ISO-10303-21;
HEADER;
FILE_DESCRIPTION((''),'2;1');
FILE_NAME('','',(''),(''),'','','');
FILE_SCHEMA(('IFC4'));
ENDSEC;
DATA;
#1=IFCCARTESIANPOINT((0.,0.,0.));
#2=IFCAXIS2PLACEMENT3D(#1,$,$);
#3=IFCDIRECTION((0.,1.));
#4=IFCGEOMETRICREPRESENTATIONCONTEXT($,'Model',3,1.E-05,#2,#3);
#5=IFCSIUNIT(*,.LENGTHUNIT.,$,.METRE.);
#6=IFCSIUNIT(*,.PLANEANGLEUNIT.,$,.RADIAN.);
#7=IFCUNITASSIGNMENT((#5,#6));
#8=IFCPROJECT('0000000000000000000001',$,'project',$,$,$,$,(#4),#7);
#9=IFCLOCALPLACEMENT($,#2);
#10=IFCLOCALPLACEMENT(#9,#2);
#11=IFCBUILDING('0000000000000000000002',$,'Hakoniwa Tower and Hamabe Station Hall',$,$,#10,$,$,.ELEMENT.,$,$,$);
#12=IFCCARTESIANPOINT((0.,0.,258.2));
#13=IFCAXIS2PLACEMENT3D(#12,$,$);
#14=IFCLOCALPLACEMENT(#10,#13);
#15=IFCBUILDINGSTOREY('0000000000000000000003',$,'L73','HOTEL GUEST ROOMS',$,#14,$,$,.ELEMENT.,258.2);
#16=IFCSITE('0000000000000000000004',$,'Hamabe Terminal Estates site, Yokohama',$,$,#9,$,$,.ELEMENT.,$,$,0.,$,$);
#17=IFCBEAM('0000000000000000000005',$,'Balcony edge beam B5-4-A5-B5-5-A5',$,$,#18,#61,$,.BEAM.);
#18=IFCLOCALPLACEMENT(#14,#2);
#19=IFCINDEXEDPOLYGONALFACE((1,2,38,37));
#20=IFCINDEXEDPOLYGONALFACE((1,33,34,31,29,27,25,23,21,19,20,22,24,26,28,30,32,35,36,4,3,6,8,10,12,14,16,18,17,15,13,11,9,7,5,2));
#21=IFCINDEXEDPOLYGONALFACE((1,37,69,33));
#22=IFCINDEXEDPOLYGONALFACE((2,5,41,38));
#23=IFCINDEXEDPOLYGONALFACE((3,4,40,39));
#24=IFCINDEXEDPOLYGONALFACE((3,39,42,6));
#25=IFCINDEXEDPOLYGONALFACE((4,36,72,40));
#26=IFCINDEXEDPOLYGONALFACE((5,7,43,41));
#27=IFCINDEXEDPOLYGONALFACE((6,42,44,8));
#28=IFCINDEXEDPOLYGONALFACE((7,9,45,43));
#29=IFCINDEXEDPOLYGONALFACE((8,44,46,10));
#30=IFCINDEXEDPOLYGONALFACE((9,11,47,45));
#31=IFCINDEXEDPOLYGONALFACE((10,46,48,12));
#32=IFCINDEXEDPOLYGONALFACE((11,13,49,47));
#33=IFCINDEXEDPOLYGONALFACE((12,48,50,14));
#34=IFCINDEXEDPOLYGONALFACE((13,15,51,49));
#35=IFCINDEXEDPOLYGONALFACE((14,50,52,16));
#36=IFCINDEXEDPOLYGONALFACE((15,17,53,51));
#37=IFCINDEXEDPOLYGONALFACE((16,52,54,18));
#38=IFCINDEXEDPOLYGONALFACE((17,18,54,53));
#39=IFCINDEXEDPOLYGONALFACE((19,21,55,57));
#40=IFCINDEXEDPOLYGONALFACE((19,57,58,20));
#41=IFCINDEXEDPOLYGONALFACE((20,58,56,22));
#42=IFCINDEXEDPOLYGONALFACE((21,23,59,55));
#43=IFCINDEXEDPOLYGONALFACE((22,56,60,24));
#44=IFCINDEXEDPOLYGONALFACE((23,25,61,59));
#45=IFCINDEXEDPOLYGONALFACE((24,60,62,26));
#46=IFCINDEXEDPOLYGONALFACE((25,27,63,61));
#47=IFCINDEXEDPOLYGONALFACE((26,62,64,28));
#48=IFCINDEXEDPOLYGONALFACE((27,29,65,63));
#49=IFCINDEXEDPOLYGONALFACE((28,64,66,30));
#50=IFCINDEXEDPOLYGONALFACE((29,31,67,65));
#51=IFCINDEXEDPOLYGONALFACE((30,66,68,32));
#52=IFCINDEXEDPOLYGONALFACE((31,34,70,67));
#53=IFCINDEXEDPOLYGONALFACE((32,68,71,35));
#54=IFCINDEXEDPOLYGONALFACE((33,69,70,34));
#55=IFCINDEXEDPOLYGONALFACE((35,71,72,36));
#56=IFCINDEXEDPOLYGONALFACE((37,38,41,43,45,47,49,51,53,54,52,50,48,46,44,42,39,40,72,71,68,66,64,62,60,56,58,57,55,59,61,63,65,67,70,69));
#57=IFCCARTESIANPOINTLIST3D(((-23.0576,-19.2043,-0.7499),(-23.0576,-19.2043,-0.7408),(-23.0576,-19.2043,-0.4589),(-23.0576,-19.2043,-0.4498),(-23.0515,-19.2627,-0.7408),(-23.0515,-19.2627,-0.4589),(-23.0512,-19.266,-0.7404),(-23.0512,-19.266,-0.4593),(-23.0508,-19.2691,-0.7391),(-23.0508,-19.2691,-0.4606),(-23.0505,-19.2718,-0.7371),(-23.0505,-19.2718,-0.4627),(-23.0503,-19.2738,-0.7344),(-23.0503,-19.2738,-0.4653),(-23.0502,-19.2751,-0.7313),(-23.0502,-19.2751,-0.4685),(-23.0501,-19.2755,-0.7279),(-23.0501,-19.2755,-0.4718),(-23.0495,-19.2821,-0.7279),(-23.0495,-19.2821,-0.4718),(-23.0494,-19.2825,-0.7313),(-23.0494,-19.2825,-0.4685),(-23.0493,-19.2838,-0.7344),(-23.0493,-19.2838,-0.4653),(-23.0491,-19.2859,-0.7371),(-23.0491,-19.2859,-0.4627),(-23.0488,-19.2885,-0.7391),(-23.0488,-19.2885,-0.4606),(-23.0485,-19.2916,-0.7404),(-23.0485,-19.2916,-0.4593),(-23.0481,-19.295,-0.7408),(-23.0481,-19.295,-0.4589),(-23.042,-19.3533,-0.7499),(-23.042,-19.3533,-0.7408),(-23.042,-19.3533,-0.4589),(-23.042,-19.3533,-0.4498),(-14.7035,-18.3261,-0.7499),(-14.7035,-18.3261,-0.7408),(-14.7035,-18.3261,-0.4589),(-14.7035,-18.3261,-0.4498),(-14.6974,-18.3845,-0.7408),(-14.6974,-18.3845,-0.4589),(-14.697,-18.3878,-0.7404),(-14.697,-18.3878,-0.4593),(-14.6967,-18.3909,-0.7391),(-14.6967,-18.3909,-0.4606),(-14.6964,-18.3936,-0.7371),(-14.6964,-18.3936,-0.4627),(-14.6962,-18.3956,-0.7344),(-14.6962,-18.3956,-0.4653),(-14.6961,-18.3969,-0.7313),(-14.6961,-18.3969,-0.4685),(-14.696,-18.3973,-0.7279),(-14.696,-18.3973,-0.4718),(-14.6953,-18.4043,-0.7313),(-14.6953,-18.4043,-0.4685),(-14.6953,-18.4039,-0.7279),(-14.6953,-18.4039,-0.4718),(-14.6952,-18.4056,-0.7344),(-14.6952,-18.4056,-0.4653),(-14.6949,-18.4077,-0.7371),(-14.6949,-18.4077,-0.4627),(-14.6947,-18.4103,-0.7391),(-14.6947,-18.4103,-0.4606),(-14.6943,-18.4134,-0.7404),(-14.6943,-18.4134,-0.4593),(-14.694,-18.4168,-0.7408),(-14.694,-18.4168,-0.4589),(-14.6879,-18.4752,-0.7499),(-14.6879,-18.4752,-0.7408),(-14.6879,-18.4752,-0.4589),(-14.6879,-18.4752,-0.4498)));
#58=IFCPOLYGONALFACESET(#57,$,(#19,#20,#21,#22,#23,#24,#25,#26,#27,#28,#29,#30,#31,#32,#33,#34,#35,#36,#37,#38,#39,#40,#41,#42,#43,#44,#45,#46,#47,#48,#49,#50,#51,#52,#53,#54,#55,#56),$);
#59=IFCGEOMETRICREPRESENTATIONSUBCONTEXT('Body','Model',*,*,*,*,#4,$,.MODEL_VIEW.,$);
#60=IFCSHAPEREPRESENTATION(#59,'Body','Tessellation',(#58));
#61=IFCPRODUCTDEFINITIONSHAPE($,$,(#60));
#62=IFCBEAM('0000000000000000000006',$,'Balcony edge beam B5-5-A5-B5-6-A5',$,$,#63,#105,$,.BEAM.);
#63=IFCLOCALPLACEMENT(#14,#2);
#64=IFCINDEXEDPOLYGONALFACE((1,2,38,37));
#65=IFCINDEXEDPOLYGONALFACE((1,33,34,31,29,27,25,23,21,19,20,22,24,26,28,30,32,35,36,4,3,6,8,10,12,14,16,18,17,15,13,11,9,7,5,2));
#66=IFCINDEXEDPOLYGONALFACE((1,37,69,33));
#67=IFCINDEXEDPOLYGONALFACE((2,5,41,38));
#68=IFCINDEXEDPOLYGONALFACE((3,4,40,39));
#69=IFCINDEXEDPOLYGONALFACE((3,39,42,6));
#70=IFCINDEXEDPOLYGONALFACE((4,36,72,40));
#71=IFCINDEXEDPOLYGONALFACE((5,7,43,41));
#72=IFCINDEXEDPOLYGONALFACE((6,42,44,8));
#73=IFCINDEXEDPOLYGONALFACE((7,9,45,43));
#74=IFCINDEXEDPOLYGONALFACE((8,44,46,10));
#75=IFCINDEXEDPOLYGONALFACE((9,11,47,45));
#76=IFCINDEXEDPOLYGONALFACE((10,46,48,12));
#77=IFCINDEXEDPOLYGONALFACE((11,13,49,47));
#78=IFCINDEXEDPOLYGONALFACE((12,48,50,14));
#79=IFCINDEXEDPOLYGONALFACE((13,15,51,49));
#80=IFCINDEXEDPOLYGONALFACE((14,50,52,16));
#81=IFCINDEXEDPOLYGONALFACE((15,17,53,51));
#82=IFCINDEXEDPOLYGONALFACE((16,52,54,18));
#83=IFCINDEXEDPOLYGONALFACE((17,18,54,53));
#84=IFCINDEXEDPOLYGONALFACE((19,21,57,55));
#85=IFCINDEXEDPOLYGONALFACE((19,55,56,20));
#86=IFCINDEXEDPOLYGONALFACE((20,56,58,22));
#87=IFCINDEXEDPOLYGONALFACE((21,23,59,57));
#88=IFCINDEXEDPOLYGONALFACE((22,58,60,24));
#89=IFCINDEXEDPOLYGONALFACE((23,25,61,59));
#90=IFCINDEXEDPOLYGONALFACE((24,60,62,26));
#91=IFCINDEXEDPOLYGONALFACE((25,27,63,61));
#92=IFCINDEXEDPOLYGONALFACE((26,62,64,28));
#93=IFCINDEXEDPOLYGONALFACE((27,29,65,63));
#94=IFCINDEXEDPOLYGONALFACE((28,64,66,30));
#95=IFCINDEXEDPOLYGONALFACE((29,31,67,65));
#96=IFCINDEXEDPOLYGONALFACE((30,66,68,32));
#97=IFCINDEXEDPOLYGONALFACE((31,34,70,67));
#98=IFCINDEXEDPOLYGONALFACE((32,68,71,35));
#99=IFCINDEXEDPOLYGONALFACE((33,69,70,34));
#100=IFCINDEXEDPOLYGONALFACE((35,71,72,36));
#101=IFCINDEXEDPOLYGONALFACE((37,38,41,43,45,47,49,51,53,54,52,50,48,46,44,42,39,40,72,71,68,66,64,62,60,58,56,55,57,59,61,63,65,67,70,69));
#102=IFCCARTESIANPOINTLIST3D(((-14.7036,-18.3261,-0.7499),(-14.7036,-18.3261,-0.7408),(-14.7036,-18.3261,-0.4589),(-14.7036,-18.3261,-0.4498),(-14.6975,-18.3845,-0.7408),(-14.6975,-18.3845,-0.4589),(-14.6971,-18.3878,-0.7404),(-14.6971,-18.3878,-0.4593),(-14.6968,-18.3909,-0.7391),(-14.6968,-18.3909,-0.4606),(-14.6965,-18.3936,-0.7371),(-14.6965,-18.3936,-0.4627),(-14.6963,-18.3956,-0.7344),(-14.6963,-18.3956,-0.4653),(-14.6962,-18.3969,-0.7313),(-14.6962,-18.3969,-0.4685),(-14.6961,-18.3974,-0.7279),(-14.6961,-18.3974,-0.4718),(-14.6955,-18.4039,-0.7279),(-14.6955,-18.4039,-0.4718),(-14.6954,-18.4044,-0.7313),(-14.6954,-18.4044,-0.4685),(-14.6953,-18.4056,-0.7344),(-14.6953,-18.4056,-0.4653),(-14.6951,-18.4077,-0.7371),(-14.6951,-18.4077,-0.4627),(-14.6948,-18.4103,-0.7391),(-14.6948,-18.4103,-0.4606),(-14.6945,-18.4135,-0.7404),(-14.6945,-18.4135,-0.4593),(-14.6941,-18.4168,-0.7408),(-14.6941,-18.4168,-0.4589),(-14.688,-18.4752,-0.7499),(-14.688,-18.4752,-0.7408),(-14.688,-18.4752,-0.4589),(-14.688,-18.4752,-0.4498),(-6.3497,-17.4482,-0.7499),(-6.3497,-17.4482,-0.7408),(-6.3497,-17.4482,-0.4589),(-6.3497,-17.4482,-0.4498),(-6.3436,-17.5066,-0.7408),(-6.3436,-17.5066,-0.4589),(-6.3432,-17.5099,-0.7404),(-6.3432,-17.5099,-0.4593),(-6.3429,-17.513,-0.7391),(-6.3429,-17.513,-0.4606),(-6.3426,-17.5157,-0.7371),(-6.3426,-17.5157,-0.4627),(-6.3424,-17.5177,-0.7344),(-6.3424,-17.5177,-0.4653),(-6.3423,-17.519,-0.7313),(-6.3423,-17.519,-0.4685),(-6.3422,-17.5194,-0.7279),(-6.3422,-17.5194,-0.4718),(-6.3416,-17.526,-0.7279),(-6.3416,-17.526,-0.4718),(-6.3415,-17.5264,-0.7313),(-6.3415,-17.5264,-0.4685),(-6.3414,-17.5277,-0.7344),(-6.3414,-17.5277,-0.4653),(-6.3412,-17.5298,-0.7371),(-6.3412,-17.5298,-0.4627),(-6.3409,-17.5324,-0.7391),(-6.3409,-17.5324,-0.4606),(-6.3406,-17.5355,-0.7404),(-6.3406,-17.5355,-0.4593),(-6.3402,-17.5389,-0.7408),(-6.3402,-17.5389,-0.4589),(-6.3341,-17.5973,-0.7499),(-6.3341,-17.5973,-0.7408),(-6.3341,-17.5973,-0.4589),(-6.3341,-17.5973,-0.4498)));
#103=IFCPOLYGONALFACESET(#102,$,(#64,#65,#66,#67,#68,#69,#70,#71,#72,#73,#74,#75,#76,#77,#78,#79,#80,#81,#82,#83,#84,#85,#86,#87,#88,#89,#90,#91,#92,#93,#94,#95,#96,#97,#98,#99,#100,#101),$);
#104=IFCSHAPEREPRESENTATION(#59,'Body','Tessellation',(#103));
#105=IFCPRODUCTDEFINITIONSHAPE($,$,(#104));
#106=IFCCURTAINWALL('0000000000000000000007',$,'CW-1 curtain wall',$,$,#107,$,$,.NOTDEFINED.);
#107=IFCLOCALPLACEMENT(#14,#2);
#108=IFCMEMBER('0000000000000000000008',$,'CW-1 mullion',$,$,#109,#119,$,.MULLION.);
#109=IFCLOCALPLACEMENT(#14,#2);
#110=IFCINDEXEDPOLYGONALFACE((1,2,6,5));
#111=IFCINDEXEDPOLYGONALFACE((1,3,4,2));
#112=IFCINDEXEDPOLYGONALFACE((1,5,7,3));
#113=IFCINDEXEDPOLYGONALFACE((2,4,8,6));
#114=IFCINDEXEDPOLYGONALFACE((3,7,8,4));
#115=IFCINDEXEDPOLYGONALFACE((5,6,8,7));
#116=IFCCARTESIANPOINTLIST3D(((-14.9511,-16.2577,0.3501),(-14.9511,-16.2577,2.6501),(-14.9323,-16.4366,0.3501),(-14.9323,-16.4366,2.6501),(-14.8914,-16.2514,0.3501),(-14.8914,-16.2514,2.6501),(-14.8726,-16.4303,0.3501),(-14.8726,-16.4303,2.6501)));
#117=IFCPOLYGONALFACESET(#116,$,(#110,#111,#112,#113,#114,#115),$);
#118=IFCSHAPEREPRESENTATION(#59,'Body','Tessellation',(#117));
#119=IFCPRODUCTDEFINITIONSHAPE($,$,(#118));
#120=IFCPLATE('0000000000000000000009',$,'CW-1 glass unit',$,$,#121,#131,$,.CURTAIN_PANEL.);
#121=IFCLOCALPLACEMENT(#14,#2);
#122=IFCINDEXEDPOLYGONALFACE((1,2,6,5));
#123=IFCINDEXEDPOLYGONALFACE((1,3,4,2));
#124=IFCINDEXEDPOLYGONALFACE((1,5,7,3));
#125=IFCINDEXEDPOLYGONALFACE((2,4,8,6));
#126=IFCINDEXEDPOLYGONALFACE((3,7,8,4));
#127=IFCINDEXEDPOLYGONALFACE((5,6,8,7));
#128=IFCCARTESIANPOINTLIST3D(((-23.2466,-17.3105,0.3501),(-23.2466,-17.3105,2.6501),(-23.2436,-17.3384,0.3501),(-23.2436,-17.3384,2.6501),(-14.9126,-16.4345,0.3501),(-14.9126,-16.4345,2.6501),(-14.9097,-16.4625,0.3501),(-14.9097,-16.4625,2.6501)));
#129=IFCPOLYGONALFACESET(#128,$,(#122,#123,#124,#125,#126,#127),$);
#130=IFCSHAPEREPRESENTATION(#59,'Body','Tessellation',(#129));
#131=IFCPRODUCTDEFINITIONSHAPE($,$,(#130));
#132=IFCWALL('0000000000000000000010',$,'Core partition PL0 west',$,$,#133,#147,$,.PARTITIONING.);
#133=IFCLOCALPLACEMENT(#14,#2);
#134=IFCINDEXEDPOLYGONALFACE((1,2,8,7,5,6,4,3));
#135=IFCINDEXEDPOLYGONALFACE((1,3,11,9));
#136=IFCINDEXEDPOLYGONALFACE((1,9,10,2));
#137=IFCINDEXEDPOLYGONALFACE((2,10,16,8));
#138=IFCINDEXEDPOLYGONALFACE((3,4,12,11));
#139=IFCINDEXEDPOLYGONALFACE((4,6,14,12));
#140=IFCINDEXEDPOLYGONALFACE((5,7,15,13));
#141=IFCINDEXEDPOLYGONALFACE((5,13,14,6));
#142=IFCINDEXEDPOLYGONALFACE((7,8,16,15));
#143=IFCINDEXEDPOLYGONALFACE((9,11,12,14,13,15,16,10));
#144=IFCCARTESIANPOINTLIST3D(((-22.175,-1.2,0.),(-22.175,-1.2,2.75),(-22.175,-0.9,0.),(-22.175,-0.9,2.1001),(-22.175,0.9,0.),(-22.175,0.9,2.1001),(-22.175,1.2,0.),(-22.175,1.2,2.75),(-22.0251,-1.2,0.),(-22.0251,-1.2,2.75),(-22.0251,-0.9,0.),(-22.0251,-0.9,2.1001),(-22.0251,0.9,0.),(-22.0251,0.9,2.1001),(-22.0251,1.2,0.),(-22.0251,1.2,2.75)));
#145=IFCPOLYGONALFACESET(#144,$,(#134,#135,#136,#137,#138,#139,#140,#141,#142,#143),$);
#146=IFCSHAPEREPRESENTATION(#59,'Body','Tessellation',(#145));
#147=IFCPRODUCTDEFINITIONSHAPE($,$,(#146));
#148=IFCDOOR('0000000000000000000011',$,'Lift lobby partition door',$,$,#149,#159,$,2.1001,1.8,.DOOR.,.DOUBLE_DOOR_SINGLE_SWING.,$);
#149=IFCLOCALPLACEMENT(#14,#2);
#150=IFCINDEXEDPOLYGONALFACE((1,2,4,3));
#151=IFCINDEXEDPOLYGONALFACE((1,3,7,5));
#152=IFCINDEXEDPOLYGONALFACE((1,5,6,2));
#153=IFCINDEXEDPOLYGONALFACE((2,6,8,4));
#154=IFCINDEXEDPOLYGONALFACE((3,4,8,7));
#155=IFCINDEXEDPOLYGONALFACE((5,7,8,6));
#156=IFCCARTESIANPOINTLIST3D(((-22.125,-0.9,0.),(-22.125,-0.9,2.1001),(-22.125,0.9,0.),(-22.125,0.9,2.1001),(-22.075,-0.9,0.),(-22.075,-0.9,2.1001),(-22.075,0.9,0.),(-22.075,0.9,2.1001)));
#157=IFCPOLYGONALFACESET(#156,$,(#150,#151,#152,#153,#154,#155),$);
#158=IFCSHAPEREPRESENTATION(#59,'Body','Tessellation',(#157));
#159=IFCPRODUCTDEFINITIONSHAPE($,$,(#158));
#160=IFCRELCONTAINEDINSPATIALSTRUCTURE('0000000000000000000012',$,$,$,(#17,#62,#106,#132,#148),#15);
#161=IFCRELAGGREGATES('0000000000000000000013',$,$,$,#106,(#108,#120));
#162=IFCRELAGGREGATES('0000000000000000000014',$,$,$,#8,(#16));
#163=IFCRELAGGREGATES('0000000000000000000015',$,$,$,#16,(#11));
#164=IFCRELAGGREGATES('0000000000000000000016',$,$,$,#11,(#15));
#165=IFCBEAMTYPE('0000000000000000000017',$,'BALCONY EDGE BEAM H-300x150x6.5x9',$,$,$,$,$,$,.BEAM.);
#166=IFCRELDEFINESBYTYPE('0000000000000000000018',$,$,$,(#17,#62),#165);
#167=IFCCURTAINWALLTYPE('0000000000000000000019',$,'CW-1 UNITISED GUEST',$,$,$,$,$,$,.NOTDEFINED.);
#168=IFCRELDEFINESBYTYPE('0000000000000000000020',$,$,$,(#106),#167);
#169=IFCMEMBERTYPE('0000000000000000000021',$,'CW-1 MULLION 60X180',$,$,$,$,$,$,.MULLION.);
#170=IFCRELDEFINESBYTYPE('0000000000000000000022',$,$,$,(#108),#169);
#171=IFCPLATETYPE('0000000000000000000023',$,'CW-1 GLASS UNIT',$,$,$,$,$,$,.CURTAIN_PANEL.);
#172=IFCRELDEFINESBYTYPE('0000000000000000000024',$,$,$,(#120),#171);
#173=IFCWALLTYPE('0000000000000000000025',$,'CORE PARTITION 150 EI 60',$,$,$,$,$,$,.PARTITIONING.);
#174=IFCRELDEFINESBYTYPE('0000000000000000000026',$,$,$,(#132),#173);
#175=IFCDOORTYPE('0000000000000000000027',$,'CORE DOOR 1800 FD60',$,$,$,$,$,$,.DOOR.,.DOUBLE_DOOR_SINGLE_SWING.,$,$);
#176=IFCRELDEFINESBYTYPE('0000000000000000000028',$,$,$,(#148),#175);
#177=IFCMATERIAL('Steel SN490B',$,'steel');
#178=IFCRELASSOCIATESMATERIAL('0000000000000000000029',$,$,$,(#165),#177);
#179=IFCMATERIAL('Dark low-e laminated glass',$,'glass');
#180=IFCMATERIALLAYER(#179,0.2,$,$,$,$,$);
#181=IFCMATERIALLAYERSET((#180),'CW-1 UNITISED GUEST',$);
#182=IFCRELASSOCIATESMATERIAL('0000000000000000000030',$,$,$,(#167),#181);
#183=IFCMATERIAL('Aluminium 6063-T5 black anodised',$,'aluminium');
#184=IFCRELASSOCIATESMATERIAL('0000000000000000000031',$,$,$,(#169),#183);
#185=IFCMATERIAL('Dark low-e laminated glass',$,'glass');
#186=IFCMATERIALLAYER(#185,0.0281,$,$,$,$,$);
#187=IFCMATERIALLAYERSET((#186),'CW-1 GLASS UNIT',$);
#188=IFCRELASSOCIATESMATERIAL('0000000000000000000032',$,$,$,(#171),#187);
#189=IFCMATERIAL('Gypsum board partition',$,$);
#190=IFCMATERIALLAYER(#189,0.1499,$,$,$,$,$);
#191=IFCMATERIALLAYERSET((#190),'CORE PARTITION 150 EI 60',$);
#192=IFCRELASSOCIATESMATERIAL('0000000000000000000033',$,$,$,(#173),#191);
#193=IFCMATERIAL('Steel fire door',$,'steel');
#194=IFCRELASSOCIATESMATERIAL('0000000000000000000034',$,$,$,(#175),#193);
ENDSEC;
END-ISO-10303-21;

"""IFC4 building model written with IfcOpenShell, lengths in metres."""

from ifc_helpers import new_model, si_unit, direction, frame, frame_2d, origin, origin_2d, place, context, subcontext, project, spatial, rectangle, i_section, extrude, material, layer, layer_set, material_profile, profile_set, type_object, element, fill, aggregate, save


model = new_model("IFC4")

# Units and contexts
model_context = context("Model", 3, precision=1e-05, world=origin(), true_north=direction((0.0, 1.0)))
body_context = subcontext(model_context, "Body", "Model", "MODEL_VIEW")
ifc_project = project(units=[si_unit("LENGTHUNIT", "METRE"), si_unit("PLANEANGLEUNIT", "RADIAN")], contexts=[model_context])

# Site, building, storey
site_placement = place(None, origin())
site = spatial("IfcSite", under=ifc_project, at=site_placement, Name="Hamabe Terminal Estates site, Yokohama", CompositionType="ELEMENT", RefElevation=0.0)
building_placement = place(site_placement, origin())
building = spatial("IfcBuilding", under=site, at=building_placement, Name="Hakoniwa Tower and Hamabe Station Hall", CompositionType="ELEMENT")
storey_placement = place(building_placement, frame((0.0, 0.0, 258.2)))
storey = spatial("IfcBuildingStorey", under=building, at=storey_placement, Name="L73", Description="HOTEL GUEST ROOMS", CompositionType="ELEMENT", Elevation=258.2)

# Beams
ifc_material_1 = material(Name="Steel SN490B", Category="steel")
ifc_material_profile_1 = material_profile(ifc_material_1, i_section(OverallWidth=0.1499, OverallDepth=0.3, WebThickness=0.0066, FlangeThickness=0.009, FilletRadius=0.0129, at=origin_2d()), Name="H-300x150x6.5x9")
ifc_profile_set_1 = profile_set([ifc_material_profile_1], Name="Steel SN490B")
beam_type_1 = type_object("IfcBeamType", Name="BALCONY EDGE BEAM H-300x150x6.5x9", PredefinedType="BEAM", material=ifc_profile_set_1)
beam_1_placement = place(storey_placement, frame((-23.0498, -19.2788, -0.5999), z_axis=(0.99452, 0.104544, 0.0), x_axis=(-0.104544, 0.99452, 0.0)))
element("IfcBeam", 1, at=beam_1_placement, inside=storey, type_object=beam_type_1, Name="Balcony edge beam B5-4-A5-B5-5-A5", PredefinedType="BEAM", context=body_context, shape_type="SweptSolid", body=[
    extrude(i_section(OverallWidth=0.1499, OverallDepth=0.3, WebThickness=0.0066, FlangeThickness=0.009, FilletRadius=0.0129, at=origin_2d()), origin(), (0.0, 0.0, 1.0), 8.4001),
])
beam_2_placement = place(storey_placement, frame((-14.6958, -18.4006, -0.5999), z_axis=(0.994523, 0.104515, 0.0), x_axis=(-0.104515, 0.994523, 0.0)))
element("IfcBeam", 2, at=beam_2_placement, inside=storey, type_object=beam_type_1, Name="Balcony edge beam B5-5-A5-B5-6-A5", PredefinedType="BEAM", context=body_context, shape_type="SweptSolid", body=[
    extrude(i_section(OverallWidth=0.1499, OverallDepth=0.3, WebThickness=0.0066, FlangeThickness=0.009, FilletRadius=0.0129, at=origin_2d()), origin(), (0.0, 0.0, 1.0), 8.3999),
])

# Curtain wall, member, plate
ifc_material_2 = material(Name="Dark low-e laminated glass", Category="glass")
ifc_layer_1 = layer(ifc_material_2, 0.2)
ifc_layer_set_1 = layer_set([ifc_layer_1], Name="CW-1 UNITISED GUEST")
curtain_wall_type = type_object("IfcCurtainWallType", Name="CW-1 UNITISED GUEST", PredefinedType="NOTDEFINED", material=ifc_layer_set_1)
curtain_wall_placement = place(storey_placement, origin())
curtain_wall = element("IfcCurtainWall", 3, at=curtain_wall_placement, inside=storey, type_object=curtain_wall_type, Name="CW-1 curtain wall", PredefinedType="NOTDEFINED")
ifc_material_3 = material(Name="Aluminium 6063-T5 black anodised", Category="aluminium")
ifc_material_profile_2 = material_profile(ifc_material_3, rectangle(XDim=0.0601, YDim=0.1799, at=origin_2d()), Name="CW-1 MULLION 60X180")
ifc_profile_set_2 = profile_set([ifc_material_profile_2], Name="Aluminium 6063-T5 black anodised")
member_type = type_object("IfcMemberType", Name="CW-1 MULLION 60X180", PredefinedType="MULLION", material=ifc_profile_set_2)
member_placement = place(storey_placement, frame((-14.9119, -16.344, 0.3501), z_axis=(0.0, 0.0, 1.0), x_axis=(0.994522, 0.104528, 0.0)))
member = element("IfcMember", 4, at=member_placement, type_object=member_type, Name="CW-1 mullion", PredefinedType="MULLION", context=body_context, shape_type="SweptSolid", body=[
    extrude(rectangle(XDim=0.0601, YDim=0.1799, at=origin_2d()), origin(), (0.0, 0.0, 1.0), 2.3),
])
ifc_material_4 = material(Name="Dark low-e laminated glass", Category="glass")
ifc_layer_2 = layer(ifc_material_4, 0.0281)
ifc_layer_set_2 = layer_set([ifc_layer_2], Name="CW-1 GLASS UNIT")
plate_type = type_object("IfcPlateType", Name="CW-1 GLASS UNIT", PredefinedType="CURTAIN_PANEL", material=ifc_layer_set_2)
plate_placement = place(storey_placement, frame((-19.0781, -16.8865, 0.3501), z_axis=(0.0, 0.0, 1.0), x_axis=(0.994522, 0.104528, 0.0)))
plate = element("IfcPlate", 5, at=plate_placement, type_object=plate_type, Name="CW-1 glass unit", PredefinedType="CURTAIN_PANEL", context=body_context, shape_type="SweptSolid", body=[
    extrude(rectangle(XDim=8.3799, YDim=0.0281, at=origin_2d()), origin(), (0.0, 0.0, 1.0), 2.3),
])
aggregate(curtain_wall, [member, plate])

# Wall, opening, door
ifc_material_5 = material(Name="Gypsum board partition")
ifc_layer_3 = layer(ifc_material_5, 0.1499)
ifc_layer_set_3 = layer_set([ifc_layer_3], Name="CORE PARTITION 150 EI 60")
wall_type_1 = type_object("IfcWallType", Name="CORE PARTITION 150 EI 60", PredefinedType="PARTITIONING", material=ifc_layer_set_3)
wall_1_placement = place(storey_placement, frame((-22.1001, -1.2, 0.0), z_axis=(0.0, 0.0, 1.0), x_axis=(0.0, 1.0, 0.0)))
wall_1 = element("IfcWall", 6, at=wall_1_placement, inside=storey, type_object=wall_type_1, Name="Core partition PL0 west", PredefinedType="PARTITIONING", context=body_context, shape_type="SweptSolid", body=[
    extrude(rectangle(XDim=2.3999, YDim=0.1499, at=frame_2d((1.2, 0.0))), origin(), (0.0, 0.0, 1.0), 2.75),
])
opening_1_placement = place(wall_1_placement, frame((0.3, 0.0, 0.0)))
opening_1 = element("IfcOpeningElement", 7, at=opening_1_placement, cuts=wall_1, PredefinedType="OPENING", context=body_context, shape_type="SweptSolid", body=[
    extrude(rectangle(XDim=1.8, YDim=2.1001, at=frame_2d((0.8999, 1.05))), frame((0.0, 0.085, 0.0), z_axis=(0.0, -1.0, 0.0), x_axis=(1.0, 0.0, 0.0)), (0.0, 0.0, 1.0), 0.1699),
])
ifc_material_6 = material(Name="Steel fire door", Category="steel")
door_type_1 = type_object("IfcDoorType", Name="CORE DOOR 1800 FD60", OperationType="DOUBLE_DOOR_SINGLE_SWING", PredefinedType="DOOR", material=ifc_material_6)
door_1_placement = place(opening_1_placement, origin())
door_1 = element("IfcDoor", 8, at=door_1_placement, inside=storey, type_object=door_type_1, Name="Lift lobby partition door", OperationType="DOUBLE_DOOR_SINGLE_SWING", OverallHeight=2.1001, OverallWidth=1.8, PredefinedType="DOOR", context=body_context, shape_type="SweptSolid", body=[
    extrude(rectangle(XDim=1.8, YDim=2.1001, at=frame_2d((0.8999, 1.05))), frame((0.0, 0.0249, 0.0), z_axis=(0.0, -1.0, 0.0), x_axis=(1.0, 0.0, 0.0)), (0.0, 0.0, 1.0), 0.05),
])
fill(opening_1, door_1)

save(model, "model.ifc")
